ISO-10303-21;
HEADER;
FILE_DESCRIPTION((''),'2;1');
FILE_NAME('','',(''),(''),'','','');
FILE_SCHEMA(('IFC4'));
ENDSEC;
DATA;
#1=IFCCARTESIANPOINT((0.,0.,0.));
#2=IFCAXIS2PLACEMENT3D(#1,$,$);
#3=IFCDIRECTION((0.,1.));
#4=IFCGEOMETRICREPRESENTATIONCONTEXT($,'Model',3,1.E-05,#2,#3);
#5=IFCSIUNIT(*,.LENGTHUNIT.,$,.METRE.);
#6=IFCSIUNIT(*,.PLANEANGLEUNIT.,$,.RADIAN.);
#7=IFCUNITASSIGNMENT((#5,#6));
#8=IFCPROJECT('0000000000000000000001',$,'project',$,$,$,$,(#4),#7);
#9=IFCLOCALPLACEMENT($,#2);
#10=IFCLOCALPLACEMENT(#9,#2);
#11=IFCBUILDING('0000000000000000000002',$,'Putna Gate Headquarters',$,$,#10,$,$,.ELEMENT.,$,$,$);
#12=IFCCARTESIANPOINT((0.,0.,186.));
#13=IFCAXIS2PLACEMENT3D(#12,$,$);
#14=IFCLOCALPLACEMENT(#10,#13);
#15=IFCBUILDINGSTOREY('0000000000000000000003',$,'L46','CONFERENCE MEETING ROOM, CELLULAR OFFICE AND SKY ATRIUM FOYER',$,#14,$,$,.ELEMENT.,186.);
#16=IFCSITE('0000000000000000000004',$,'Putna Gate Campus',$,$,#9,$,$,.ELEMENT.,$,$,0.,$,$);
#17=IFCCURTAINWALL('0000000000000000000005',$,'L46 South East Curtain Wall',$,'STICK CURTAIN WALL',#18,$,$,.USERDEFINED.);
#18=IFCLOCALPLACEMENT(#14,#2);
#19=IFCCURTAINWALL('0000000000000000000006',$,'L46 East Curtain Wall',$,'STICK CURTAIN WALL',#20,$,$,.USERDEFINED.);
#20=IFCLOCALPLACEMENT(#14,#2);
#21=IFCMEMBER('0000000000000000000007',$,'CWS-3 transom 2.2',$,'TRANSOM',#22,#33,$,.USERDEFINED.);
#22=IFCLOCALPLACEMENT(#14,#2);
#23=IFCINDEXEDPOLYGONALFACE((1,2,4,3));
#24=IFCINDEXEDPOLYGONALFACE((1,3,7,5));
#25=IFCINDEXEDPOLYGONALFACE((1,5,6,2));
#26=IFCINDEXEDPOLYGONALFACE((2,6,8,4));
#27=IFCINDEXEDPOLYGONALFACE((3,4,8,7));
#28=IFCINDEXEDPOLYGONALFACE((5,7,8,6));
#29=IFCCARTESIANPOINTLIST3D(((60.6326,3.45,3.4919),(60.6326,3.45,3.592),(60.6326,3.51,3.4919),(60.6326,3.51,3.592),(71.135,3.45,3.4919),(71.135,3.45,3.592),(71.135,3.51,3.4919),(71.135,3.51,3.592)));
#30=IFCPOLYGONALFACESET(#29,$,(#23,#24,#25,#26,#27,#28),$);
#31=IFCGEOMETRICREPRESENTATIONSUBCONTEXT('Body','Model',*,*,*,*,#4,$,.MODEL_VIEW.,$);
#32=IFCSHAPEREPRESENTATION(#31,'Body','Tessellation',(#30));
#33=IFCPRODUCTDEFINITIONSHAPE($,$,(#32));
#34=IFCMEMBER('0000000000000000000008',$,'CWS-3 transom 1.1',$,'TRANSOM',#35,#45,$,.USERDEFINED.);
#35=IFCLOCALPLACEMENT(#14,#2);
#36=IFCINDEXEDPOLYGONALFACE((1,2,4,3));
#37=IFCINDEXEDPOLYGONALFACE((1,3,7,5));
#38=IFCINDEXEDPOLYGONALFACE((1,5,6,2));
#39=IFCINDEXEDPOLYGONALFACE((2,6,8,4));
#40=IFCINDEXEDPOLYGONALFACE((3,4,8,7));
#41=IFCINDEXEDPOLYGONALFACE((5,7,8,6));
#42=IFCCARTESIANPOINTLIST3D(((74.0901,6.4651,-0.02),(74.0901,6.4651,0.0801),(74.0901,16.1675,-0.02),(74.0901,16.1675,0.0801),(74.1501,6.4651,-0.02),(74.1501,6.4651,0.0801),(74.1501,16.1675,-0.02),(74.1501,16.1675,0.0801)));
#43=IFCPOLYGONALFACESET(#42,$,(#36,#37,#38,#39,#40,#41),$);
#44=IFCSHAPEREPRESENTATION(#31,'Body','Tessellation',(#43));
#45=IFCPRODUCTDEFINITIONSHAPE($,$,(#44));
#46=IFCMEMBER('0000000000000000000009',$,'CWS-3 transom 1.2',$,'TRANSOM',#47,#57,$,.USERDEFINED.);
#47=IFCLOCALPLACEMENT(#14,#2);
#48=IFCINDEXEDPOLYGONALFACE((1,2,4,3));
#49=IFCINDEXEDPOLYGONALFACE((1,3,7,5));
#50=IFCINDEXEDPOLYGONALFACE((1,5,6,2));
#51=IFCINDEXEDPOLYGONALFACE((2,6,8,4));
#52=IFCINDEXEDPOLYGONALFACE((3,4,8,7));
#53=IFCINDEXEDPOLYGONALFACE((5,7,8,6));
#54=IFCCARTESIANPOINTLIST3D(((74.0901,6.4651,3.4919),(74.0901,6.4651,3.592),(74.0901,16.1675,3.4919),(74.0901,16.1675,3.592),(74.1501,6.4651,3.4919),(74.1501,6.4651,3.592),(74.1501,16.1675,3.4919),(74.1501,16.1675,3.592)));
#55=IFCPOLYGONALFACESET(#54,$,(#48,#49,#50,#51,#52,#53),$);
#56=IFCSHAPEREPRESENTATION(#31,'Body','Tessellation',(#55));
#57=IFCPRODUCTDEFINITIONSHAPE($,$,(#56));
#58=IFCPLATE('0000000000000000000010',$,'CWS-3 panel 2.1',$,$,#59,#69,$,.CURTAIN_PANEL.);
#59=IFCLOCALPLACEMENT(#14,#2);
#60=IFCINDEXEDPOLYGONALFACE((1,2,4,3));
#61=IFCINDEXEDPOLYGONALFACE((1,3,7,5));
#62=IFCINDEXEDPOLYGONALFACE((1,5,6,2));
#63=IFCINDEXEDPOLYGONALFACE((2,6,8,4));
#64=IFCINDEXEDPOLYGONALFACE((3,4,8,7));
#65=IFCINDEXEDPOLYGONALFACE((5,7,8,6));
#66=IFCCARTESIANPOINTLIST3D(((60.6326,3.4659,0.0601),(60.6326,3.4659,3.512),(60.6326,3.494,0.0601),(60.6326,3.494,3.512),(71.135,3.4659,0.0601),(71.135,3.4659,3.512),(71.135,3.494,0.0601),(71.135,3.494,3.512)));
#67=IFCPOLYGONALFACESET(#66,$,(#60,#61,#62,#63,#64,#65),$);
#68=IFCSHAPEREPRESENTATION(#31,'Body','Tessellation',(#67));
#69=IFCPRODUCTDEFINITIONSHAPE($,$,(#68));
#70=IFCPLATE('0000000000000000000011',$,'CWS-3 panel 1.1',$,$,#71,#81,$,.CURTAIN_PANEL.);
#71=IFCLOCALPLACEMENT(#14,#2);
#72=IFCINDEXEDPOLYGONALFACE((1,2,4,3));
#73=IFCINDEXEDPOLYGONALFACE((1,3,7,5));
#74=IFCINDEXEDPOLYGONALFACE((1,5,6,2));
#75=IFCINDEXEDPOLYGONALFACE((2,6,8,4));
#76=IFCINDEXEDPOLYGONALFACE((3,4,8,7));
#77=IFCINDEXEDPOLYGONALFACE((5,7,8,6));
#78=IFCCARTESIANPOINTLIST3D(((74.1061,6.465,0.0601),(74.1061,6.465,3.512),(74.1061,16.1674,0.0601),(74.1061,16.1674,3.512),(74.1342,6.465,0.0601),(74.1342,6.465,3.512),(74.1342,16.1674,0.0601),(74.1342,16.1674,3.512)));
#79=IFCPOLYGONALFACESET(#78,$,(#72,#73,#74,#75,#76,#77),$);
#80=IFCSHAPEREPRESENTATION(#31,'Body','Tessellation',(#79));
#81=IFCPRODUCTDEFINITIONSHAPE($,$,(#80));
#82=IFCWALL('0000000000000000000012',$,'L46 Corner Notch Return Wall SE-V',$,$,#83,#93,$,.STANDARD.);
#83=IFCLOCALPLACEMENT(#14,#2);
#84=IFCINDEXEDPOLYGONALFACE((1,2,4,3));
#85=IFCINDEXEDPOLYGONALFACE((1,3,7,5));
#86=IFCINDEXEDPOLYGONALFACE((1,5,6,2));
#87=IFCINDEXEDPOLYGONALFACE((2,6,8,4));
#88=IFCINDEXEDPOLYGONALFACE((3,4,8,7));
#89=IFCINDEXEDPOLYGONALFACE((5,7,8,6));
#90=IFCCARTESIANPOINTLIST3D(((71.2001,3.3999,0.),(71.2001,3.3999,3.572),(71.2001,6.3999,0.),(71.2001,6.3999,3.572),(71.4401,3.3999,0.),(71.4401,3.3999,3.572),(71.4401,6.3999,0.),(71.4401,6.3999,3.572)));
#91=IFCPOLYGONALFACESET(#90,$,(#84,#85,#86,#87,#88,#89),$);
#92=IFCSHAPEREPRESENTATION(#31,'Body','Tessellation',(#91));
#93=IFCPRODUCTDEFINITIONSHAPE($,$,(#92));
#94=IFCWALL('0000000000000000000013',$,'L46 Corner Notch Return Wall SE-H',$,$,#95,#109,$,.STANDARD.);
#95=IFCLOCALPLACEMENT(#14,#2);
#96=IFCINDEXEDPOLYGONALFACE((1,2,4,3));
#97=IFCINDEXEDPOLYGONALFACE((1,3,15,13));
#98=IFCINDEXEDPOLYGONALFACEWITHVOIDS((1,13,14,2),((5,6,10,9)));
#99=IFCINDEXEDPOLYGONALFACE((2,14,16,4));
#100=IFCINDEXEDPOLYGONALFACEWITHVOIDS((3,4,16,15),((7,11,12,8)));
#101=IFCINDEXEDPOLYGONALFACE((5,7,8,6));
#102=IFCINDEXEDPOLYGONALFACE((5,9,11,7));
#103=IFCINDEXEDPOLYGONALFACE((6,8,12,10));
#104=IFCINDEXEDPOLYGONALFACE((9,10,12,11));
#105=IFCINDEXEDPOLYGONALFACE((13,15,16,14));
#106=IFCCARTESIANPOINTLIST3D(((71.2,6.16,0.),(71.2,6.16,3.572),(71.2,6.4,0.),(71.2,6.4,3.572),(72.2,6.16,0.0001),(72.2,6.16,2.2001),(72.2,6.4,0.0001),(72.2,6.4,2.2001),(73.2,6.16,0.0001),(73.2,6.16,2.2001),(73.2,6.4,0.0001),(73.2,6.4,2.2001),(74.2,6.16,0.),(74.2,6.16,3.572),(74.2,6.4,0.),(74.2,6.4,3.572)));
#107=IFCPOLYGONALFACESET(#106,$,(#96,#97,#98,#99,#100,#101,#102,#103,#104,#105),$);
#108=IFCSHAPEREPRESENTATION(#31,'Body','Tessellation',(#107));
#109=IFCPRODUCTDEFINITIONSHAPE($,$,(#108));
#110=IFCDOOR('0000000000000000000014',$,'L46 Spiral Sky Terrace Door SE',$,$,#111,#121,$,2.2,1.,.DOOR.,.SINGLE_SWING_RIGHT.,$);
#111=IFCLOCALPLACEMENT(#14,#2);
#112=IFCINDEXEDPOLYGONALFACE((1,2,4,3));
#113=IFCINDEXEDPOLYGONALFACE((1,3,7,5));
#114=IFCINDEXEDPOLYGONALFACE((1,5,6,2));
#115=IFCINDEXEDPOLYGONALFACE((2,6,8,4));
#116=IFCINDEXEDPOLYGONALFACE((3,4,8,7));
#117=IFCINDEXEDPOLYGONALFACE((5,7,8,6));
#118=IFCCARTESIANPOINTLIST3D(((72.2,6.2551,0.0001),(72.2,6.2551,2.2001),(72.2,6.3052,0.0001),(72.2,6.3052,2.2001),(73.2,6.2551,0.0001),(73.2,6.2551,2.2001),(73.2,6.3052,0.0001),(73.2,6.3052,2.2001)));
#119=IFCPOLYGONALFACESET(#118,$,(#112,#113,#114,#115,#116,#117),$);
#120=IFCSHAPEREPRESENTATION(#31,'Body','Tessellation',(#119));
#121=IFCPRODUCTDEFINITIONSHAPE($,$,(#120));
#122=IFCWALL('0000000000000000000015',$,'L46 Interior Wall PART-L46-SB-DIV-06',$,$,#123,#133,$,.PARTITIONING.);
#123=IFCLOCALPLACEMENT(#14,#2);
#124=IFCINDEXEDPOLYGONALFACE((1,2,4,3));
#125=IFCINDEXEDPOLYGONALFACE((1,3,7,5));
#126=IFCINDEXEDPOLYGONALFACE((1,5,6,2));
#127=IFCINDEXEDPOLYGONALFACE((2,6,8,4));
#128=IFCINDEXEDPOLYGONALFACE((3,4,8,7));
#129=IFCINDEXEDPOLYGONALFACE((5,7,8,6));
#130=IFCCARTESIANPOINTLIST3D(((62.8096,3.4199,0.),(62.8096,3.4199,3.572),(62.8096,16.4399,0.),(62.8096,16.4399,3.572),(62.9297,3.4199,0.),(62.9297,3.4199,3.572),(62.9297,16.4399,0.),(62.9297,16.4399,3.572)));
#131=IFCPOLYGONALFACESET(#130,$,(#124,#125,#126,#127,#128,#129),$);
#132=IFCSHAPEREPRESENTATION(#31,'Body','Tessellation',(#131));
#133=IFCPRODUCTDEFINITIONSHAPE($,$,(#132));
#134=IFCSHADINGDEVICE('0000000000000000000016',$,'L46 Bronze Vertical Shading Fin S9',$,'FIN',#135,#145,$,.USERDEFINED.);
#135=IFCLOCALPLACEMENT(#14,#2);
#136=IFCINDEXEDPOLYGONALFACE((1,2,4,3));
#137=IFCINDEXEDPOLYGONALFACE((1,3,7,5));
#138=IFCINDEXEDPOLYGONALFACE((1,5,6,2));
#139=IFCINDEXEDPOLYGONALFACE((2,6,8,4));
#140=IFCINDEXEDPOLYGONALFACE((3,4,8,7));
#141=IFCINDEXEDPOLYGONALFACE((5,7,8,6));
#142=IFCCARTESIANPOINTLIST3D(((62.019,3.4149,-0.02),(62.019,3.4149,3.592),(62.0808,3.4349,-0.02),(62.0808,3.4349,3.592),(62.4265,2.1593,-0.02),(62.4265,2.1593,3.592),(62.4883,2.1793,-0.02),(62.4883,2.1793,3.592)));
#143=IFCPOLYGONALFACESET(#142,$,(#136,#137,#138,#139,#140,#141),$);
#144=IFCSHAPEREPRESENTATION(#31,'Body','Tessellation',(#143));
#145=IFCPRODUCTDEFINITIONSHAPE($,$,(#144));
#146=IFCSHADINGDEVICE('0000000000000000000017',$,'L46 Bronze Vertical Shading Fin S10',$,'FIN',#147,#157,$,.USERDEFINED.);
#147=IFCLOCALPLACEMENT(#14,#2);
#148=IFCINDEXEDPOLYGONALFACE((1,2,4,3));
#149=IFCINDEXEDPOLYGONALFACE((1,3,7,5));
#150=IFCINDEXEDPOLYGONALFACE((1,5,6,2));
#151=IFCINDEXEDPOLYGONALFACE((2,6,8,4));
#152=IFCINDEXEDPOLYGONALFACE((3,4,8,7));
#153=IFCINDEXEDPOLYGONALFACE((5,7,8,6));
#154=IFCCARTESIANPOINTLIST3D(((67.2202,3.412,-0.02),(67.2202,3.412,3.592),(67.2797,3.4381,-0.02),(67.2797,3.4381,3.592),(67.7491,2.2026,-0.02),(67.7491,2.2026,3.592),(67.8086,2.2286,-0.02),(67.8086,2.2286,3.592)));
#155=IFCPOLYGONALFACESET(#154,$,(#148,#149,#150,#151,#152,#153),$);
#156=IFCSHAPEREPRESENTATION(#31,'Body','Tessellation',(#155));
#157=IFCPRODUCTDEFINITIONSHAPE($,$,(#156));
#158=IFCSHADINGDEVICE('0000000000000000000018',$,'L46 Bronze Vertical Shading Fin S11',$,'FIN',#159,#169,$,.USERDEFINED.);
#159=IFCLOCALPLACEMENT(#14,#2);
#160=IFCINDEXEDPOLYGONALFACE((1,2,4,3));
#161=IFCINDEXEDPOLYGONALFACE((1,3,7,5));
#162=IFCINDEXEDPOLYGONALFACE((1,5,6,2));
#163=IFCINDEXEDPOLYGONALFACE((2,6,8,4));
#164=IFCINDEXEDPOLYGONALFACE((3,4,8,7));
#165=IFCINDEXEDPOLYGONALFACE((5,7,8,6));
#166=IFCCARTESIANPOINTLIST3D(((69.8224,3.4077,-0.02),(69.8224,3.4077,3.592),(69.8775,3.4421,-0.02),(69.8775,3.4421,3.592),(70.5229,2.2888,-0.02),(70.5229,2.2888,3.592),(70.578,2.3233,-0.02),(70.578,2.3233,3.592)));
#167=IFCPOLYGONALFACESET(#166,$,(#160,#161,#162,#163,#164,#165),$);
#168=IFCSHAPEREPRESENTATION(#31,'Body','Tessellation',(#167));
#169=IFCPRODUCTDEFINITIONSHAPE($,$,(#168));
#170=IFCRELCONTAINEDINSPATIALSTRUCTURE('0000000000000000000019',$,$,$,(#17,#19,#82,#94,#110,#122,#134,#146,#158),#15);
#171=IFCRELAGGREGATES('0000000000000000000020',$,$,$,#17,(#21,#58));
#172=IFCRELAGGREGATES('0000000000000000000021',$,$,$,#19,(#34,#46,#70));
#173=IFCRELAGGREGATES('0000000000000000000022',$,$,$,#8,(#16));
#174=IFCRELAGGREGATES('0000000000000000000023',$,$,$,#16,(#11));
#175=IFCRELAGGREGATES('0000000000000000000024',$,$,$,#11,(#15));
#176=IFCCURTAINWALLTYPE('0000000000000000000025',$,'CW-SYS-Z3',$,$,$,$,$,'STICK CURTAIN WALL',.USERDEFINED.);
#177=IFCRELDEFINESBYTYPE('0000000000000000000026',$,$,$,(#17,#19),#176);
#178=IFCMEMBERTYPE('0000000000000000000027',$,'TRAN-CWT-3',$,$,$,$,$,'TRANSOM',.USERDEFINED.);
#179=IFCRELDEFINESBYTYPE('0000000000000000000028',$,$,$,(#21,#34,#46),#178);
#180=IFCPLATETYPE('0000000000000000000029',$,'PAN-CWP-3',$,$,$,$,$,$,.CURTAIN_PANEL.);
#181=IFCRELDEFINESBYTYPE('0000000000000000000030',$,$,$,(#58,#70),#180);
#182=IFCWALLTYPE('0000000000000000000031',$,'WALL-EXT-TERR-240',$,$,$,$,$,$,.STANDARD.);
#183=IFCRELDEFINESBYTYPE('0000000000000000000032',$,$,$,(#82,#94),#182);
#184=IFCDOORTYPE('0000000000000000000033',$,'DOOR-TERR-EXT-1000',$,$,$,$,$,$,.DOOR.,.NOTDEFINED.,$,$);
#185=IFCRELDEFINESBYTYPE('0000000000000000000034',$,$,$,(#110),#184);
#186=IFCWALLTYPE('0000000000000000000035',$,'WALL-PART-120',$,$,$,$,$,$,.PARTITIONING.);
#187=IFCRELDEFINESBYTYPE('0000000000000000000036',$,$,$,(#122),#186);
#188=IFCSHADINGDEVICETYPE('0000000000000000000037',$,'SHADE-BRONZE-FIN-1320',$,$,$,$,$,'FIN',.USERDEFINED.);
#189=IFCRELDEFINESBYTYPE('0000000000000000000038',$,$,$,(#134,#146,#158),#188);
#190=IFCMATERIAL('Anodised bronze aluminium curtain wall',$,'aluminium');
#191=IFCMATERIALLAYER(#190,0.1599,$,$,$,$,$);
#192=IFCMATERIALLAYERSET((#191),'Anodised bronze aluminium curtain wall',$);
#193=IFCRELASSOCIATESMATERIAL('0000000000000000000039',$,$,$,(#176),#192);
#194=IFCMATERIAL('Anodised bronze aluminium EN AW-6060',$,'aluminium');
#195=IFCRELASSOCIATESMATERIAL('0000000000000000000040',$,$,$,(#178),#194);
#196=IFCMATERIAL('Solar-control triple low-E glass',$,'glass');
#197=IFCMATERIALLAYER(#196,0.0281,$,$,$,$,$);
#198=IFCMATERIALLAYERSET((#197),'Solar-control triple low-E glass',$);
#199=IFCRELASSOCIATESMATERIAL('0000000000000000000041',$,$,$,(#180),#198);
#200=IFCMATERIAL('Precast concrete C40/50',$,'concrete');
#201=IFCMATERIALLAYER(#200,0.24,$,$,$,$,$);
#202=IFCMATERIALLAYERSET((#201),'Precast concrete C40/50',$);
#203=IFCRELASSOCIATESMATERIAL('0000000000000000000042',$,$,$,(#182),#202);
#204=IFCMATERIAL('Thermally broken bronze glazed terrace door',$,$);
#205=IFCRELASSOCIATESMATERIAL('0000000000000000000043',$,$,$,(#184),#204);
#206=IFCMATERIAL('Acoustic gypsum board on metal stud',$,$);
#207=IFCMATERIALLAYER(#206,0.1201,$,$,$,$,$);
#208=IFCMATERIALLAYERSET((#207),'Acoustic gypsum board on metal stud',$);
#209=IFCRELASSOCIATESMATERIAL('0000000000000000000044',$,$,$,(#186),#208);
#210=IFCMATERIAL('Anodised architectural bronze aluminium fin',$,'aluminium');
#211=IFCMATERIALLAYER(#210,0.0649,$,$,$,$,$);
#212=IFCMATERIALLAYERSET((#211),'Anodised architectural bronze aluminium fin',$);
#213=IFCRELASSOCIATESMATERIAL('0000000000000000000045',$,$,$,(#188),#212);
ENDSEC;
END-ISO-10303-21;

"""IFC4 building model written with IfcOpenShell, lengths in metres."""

from ifc_helpers import new_model, si_unit, direction, frame, frame_2d, origin, origin_2d, place, context, subcontext, project, spatial, rectangle, extrude, material, layer, layer_set, material_profile, profile_set, type_object, element, fill, aggregate, save


model = new_model("IFC4")

# Units and contexts
model_context = context("Model", 3, precision=1e-05, world=origin(), true_north=direction((0.0, 1.0)))
body_context = subcontext(model_context, "Body", "Model", "MODEL_VIEW")
ifc_project = project(units=[si_unit("LENGTHUNIT", "METRE"), si_unit("PLANEANGLEUNIT", "RADIAN")], contexts=[model_context])

# Site, building, storey
site_placement = place(None, origin())
site = spatial("IfcSite", under=ifc_project, at=site_placement, Name="Putna Gate Campus", CompositionType="ELEMENT", RefElevation=0.0)
building_placement = place(site_placement, origin())
building = spatial("IfcBuilding", under=site, at=building_placement, Name="Putna Gate Headquarters", CompositionType="ELEMENT")
storey_placement = place(building_placement, frame((0.0, 0.0, 186.0)))
storey = spatial("IfcBuildingStorey", under=building, at=storey_placement, Name="L46", Description="CONFERENCE MEETING ROOM, CELLULAR OFFICE AND SKY ATRIUM FOYER", CompositionType="ELEMENT", Elevation=186.0)

# Curtain wall
ifc_material_1 = material(Name="Anodised bronze aluminium curtain wall", Category="aluminium")
ifc_layer_1 = layer(ifc_material_1, 0.1599)
ifc_layer_set_1 = layer_set([ifc_layer_1], Name="Anodised bronze aluminium curtain wall")
curtain_wall_type = type_object("IfcCurtainWallType", Name="CW-SYS-Z3", ElementType="STICK CURTAIN WALL", PredefinedType="USERDEFINED", material=ifc_layer_set_1)
curtain_wall_1_placement = place(storey_placement, origin())
curtain_wall_1 = element("IfcCurtainWall", 1, at=curtain_wall_1_placement, inside=storey, type_object=curtain_wall_type, Name="L46 South East Curtain Wall", ObjectType="STICK CURTAIN WALL", PredefinedType="USERDEFINED")
ifc_material_2 = material(Name="Anodised bronze aluminium EN AW-6060", Category="aluminium")

# Curtain wall
curtain_wall_2_placement = place(storey_placement, origin())
curtain_wall_2 = element("IfcCurtainWall", 2, at=curtain_wall_2_placement, inside=storey, type_object=curtain_wall_type, Name="L46 East Curtain Wall", ObjectType="STICK CURTAIN WALL", PredefinedType="USERDEFINED")

# Members
ifc_material_profile_1 = material_profile(ifc_material_2, rectangle(XDim=0.0601, YDim=0.1001, at=origin_2d()), Name="Anodised bronze aluminium EN AW-6060")
ifc_profile_set_1 = profile_set([ifc_material_profile_1], Name="Anodised bronze aluminium EN AW-6060")
member_type_1 = type_object("IfcMemberType", Name="TRAN-CWT-3", ElementType="TRANSOM", PredefinedType="USERDEFINED", material=ifc_profile_set_1)
member_1_placement = place(storey_placement, frame((60.6326, 3.48, 3.542), z_axis=(1.0, 0.0, 0.0), x_axis=(0.0, 1.0, 0.0)))
member_1 = element("IfcMember", 3, at=member_1_placement, type_object=member_type_1, Name="CWS-3 transom 2.2", ObjectType="TRANSOM", PredefinedType="USERDEFINED", context=body_context, shape_type="SweptSolid", body=[
    extrude(rectangle(XDim=0.0601, YDim=0.1001, at=origin_2d()), origin(), (0.0, 0.0, 1.0), 10.5024),
])
member_2_placement = place(storey_placement, frame((74.1201, 6.4651, 0.03), z_axis=(0.0, 1.0, 0.0), x_axis=(-1.0, 0.0, 0.0)))
member_2 = element("IfcMember", 4, at=member_2_placement, type_object=member_type_1, Name="CWS-3 transom 1.1", ObjectType="TRANSOM", PredefinedType="USERDEFINED", context=body_context, shape_type="SweptSolid", body=[
    extrude(rectangle(XDim=0.0601, YDim=0.1001, at=origin_2d()), origin(), (0.0, 0.0, 1.0), 9.7024),
])
member_3_placement = place(storey_placement, frame((74.1201, 6.4651, 3.542), z_axis=(0.0, 1.0, 0.0), x_axis=(-1.0, 0.0, 0.0)))
member_3 = element("IfcMember", 5, at=member_3_placement, type_object=member_type_1, Name="CWS-3 transom 1.2", ObjectType="TRANSOM", PredefinedType="USERDEFINED", context=body_context, shape_type="SweptSolid", body=[
    extrude(rectangle(XDim=0.0601, YDim=0.1001, at=origin_2d()), origin(), (0.0, 0.0, 1.0), 9.7024),
])

# Plates
ifc_material_3 = material(Name="Solar-control triple low-E glass", Category="glass")
ifc_layer_2 = layer(ifc_material_3, 0.0281)
ifc_layer_set_2 = layer_set([ifc_layer_2], Name="Solar-control triple low-E glass")
plate_type = type_object("IfcPlateType", Name="PAN-CWP-3", PredefinedType="CURTAIN_PANEL", material=ifc_layer_set_2)
plate_1_placement = place(storey_placement, frame((65.8838, 3.48, 0.0601), z_axis=(0.0, 0.0, 1.0), x_axis=(1.0, 0.0, 0.0)))
plate_1 = element("IfcPlate", 6, at=plate_1_placement, type_object=plate_type, Name="CWS-3 panel 2.1", PredefinedType="CURTAIN_PANEL", context=body_context, shape_type="SweptSolid", body=[
    extrude(rectangle(XDim=10.5024, YDim=0.0281, at=origin_2d()), origin(), (0.0, 0.0, 1.0), 3.4519),
])
aggregate(curtain_wall_1, [member_1, plate_1])
plate_2_placement = place(storey_placement, frame((74.1201, 11.3162, 0.0601), z_axis=(0.0, 0.0, 1.0), x_axis=(0.0, 1.0, 0.0)))
plate_2 = element("IfcPlate", 7, at=plate_2_placement, type_object=plate_type, Name="CWS-3 panel 1.1", PredefinedType="CURTAIN_PANEL", context=body_context, shape_type="SweptSolid", body=[
    extrude(rectangle(XDim=9.7024, YDim=0.0281, at=origin_2d()), origin(), (0.0, 0.0, 1.0), 3.4519),
])
aggregate(curtain_wall_2, [member_2, member_3, plate_2])

# Wall
ifc_material_4 = material(Name="Precast concrete C40/50", Category="concrete")
ifc_layer_3 = layer(ifc_material_4, 0.24)
ifc_layer_set_3 = layer_set([ifc_layer_3], Name="Precast concrete C40/50")
wall_type_1 = type_object("IfcWallType", Name="WALL-EXT-TERR-240", PredefinedType="STANDARD", material=ifc_layer_set_3)
wall_1_placement = place(storey_placement, frame((71.3201, 6.3999, 0.0), z_axis=(0.0, 0.0, 1.0), x_axis=(0.0, -1.0, 0.0)))
element("IfcWall", 8, at=wall_1_placement, inside=storey, type_object=wall_type_1, Name="L46 Corner Notch Return Wall SE-V", PredefinedType="STANDARD", context=body_context, shape_type="SweptSolid", body=[
    extrude(rectangle(XDim=3.0, YDim=0.24, at=frame_2d((1.5, 0.0))), origin(), (0.0, 0.0, 1.0), 3.572),
])

# Wall, opening, door
wall_2_placement = place(storey_placement, frame((74.2, 6.28, 0.0), z_axis=(0.0, 0.0, 1.0), x_axis=(-1.0, 0.0, 0.0)))
wall_2 = element("IfcWall", 9, at=wall_2_placement, inside=storey, type_object=wall_type_1, Name="L46 Corner Notch Return Wall SE-H", PredefinedType="STANDARD", context=body_context, shape_type="SweptSolid", body=[
    extrude(rectangle(XDim=3.0, YDim=0.24, at=frame_2d((1.5, 0.0))), origin(), (0.0, 0.0, 1.0), 3.572),
])
opening_placement = place(wall_2_placement, frame((1.0, 0.0, 0.0)))
opening = element("IfcOpeningElement", 10, at=opening_placement, cuts=wall_2, PredefinedType="OPENING", context=body_context, shape_type="SweptSolid", body=[
    extrude(rectangle(XDim=1.0, YDim=2.2, at=frame_2d((0.5, 1.1001))), frame((0.0, 0.1299, 0.0), z_axis=(0.0, -1.0, 0.0), x_axis=(1.0, 0.0, 0.0)), (0.0, 0.0, 1.0), 0.26),
])
ifc_material_5 = material(Name="Thermally broken bronze glazed terrace door")
door_type = type_object("IfcDoorType", Name="DOOR-TERR-EXT-1000", OperationType="NOTDEFINED", PredefinedType="DOOR", material=ifc_material_5)
door_placement = place(opening_placement, origin())
door = element("IfcDoor", 11, at=door_placement, inside=storey, type_object=door_type, Name="L46 Spiral Sky Terrace Door SE", OperationType="SINGLE_SWING_RIGHT", OverallHeight=2.2, OverallWidth=1.0, PredefinedType="DOOR", context=body_context, shape_type="SweptSolid", body=[
    extrude(rectangle(XDim=1.0, YDim=2.2, at=frame_2d((0.5, 1.1001))), frame((0.0, 0.0249, 0.0), z_axis=(0.0, -1.0, 0.0), x_axis=(1.0, 0.0, 0.0)), (0.0, 0.0, 1.0), 0.05),
])
fill(opening, door)

# Wall
ifc_material_6 = material(Name="Acoustic gypsum board on metal stud")
ifc_layer_4 = layer(ifc_material_6, 0.1201)
ifc_layer_set_4 = layer_set([ifc_layer_4], Name="Acoustic gypsum board on metal stud")
wall_type_2 = type_object("IfcWallType", Name="WALL-PART-120", PredefinedType="PARTITIONING", material=ifc_layer_set_4)
wall_3_placement = place(storey_placement, frame((62.8696, 3.4199, 0.0), z_axis=(0.0, 0.0, 1.0), x_axis=(0.0, 1.0, 0.0)))
element("IfcWall", 12, at=wall_3_placement, inside=storey, type_object=wall_type_2, Name="L46 Interior Wall PART-L46-SB-DIV-06", PredefinedType="PARTITIONING", context=body_context, shape_type="SweptSolid", body=[
    extrude(rectangle(XDim=13.02, YDim=0.1201, at=frame_2d((6.51, 0.0))), origin(), (0.0, 0.0, 1.0), 3.572),
])

# Shading devices
ifc_material_7 = material(Name="Anodised architectural bronze aluminium fin", Category="aluminium")
ifc_layer_5 = layer(ifc_material_7, 0.0649)
ifc_layer_set_5 = layer_set([ifc_layer_5], Name="Anodised architectural bronze aluminium fin")
shading_device_type = type_object("IfcShadingDeviceType", Name="SHADE-BRONZE-FIN-1320", ElementType="FIN", PredefinedType="USERDEFINED", material=ifc_layer_set_5)
for number, where, z_axis, x_axis, name in (
    (13, (62.2537, 2.7971, -0.02), (0.0, 0.0, 1.0), (0.308685, -0.951164, 0.0), "L46 Bronze Vertical Shading Fin S9"),
    (14, (67.5144, 2.8203, -0.02), (0.0, 0.0, 1.0), (0.400669, -0.916223, 0.0), "L46 Bronze Vertical Shading Fin S10"),
    (15, (70.2002, 2.8655, -0.02), (0.0, 0.0, 1.0), (0.530659, -0.847585, 0.0), "L46 Bronze Vertical Shading Fin S11"),
):
    element("IfcShadingDevice", number, at=place(storey_placement, frame(where, z_axis=z_axis, x_axis=x_axis)), inside=storey, type_object=shading_device_type, Name=name, ObjectType="FIN", PredefinedType="USERDEFINED", context=body_context, shape_type="SweptSolid", body=[
        extrude(rectangle(XDim=1.3201, YDim=0.0649, at=origin_2d()), origin(), (0.0, 0.0, 1.0), 3.6121),
    ])

save(model, "model.ifc")
